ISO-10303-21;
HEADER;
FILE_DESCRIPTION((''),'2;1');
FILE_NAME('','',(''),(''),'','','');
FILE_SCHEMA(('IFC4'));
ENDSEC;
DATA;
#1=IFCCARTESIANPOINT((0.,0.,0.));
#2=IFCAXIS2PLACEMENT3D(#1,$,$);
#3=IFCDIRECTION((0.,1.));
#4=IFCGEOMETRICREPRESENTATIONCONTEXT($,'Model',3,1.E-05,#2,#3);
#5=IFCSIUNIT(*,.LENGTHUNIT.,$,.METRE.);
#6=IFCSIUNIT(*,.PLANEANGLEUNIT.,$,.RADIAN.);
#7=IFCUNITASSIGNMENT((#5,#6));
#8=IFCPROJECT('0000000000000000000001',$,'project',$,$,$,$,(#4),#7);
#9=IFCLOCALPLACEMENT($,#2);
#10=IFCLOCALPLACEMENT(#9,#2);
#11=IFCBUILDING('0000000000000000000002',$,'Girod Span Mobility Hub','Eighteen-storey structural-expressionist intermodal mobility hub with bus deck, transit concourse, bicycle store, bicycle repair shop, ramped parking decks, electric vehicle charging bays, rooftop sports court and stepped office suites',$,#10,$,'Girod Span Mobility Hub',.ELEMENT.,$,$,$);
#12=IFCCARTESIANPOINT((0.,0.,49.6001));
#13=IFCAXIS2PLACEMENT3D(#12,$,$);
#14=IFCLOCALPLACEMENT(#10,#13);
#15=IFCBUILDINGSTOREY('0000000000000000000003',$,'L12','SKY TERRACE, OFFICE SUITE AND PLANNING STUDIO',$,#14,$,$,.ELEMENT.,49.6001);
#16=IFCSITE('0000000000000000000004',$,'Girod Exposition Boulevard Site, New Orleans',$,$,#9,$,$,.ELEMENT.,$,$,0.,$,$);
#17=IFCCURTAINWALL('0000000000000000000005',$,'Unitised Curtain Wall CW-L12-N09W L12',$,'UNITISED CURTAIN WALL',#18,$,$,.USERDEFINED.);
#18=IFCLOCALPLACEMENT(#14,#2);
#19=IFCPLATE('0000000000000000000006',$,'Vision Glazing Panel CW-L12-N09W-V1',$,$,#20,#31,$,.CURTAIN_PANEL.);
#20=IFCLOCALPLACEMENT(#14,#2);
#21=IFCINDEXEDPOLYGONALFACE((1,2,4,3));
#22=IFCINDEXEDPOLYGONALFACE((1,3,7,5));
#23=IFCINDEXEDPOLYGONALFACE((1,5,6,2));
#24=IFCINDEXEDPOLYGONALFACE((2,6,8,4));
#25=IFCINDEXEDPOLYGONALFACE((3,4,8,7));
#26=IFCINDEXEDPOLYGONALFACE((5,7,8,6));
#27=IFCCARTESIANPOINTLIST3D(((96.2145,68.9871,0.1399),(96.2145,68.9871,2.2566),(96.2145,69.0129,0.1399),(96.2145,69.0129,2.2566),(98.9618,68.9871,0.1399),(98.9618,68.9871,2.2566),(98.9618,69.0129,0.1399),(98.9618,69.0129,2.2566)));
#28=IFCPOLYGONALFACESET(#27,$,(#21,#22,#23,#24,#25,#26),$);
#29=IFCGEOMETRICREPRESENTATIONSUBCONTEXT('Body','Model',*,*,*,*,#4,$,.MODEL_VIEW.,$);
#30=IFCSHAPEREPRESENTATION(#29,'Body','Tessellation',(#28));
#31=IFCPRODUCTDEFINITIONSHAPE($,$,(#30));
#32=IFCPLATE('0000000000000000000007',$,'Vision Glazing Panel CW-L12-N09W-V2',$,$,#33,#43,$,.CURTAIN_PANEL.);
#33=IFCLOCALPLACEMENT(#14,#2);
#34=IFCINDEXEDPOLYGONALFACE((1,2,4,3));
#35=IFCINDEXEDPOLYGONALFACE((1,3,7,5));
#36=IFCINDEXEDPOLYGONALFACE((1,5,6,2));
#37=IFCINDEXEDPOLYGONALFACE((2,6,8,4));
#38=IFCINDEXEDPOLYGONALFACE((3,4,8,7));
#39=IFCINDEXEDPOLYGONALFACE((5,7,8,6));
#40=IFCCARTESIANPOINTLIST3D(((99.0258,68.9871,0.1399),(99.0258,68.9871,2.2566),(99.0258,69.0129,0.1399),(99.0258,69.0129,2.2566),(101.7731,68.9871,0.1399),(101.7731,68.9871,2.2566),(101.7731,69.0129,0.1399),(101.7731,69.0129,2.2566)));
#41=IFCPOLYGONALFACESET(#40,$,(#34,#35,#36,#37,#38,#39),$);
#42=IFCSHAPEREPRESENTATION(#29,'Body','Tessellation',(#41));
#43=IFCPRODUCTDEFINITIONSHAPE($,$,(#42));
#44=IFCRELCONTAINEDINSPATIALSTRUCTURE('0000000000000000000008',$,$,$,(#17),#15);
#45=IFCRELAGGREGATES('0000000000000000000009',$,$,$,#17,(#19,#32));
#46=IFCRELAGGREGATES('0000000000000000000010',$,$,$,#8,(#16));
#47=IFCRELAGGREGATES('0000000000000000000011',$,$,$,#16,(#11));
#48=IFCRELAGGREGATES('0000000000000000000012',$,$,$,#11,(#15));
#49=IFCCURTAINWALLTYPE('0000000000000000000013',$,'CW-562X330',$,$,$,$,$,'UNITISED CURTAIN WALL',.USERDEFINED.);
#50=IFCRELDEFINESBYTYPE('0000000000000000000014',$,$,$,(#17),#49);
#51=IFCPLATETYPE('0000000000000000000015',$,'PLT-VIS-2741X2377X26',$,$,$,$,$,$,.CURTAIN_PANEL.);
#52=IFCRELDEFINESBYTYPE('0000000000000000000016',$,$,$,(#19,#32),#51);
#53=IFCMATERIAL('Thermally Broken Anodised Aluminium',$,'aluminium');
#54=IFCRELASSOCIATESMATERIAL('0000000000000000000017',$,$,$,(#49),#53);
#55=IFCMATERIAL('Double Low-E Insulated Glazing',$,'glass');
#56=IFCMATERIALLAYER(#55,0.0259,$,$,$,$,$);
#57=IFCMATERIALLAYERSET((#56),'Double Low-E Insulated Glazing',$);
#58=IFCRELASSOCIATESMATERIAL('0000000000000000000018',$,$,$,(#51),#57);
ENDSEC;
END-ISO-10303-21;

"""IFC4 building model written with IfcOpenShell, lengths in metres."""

from ifc_helpers import new_model, si_unit, direction, frame, origin, origin_2d, place, context, subcontext, project, spatial, rectangle, extrude, material, layer, layer_set, type_object, element, aggregate, save


model = new_model("IFC4")

# Units and contexts
model_context = context("Model", 3, precision=1e-05, world=origin(), true_north=direction((0.0, 1.0)))
body_context = subcontext(model_context, "Body", "Model", "MODEL_VIEW")
ifc_project = project(units=[si_unit("LENGTHUNIT", "METRE"), si_unit("PLANEANGLEUNIT", "RADIAN")], contexts=[model_context])

# Site, building, storey
site_placement = place(None, origin())
site = spatial("IfcSite", under=ifc_project, at=site_placement, Name="Girod Exposition Boulevard Site, New Orleans", CompositionType="ELEMENT", RefElevation=0.0)
building_placement = place(site_placement, origin())
building = spatial("IfcBuilding", under=site, at=building_placement, Name="Girod Span Mobility Hub", Description="Eighteen-storey structural-expressionist intermodal mobility hub with bus deck, transit concourse, bicycle store, bicycle repair shop, ramped parking decks, electric vehicle charging bays, rooftop sports court and stepped office suites", LongName="Girod Span Mobility Hub", CompositionType="ELEMENT")
storey_placement = place(building_placement, frame((0.0, 0.0, 49.6001)))
storey = spatial("IfcBuildingStorey", under=building, at=storey_placement, Name="L12", Description="SKY TERRACE, OFFICE SUITE AND PLANNING STUDIO", CompositionType="ELEMENT", Elevation=49.6001)

# Curtain wall
ifc_material_1 = material(Name="Thermally Broken Anodised Aluminium", Category="aluminium")
curtain_wall_type = type_object("IfcCurtainWallType", Name="CW-562X330", ElementType="UNITISED CURTAIN WALL", PredefinedType="USERDEFINED", material=ifc_material_1)
curtain_wall_1_placement = place(storey_placement, origin())
curtain_wall_1 = element("IfcCurtainWall", 1, at=curtain_wall_1_placement, inside=storey, type_object=curtain_wall_type, Name="Unitised Curtain Wall CW-L12-N09W L12", ObjectType="UNITISED CURTAIN WALL", PredefinedType="USERDEFINED")

# Plates
ifc_material_2 = material(Name="Double Low-E Insulated Glazing", Category="glass")
ifc_layer_1 = layer(ifc_material_2, 0.0259)
ifc_layer_set_1 = layer_set([ifc_layer_1], Name="Double Low-E Insulated Glazing")
plate_type_1 = type_object("IfcPlateType", Name="PLT-VIS-2741X2377X26", PredefinedType="CURTAIN_PANEL", material=ifc_layer_set_1)
plate_1_placement = place(storey_placement, frame((97.5881, 69.0, 0.1399), z_axis=(0.0, 0.0, 1.0), x_axis=(1.0, 0.0, 0.0)))
plate_1 = element("IfcPlate", 2, at=plate_1_placement, type_object=plate_type_1, Name="Vision Glazing Panel CW-L12-N09W-V1", PredefinedType="CURTAIN_PANEL", context=body_context, shape_type="SweptSolid", body=[
    extrude(rectangle(XDim=2.7473, YDim=0.0259, at=origin_2d()), origin(), (0.0, 0.0, 1.0), 2.1167),
])
plate_2_placement = place(storey_placement, frame((100.3994, 69.0, 0.1399), z_axis=(0.0, 0.0, 1.0), x_axis=(1.0, 0.0, 0.0)))
plate_2 = element("IfcPlate", 3, at=plate_2_placement, type_object=plate_type_1, Name="Vision Glazing Panel CW-L12-N09W-V2", PredefinedType="CURTAIN_PANEL", context=body_context, shape_type="SweptSolid", body=[
    extrude(rectangle(XDim=2.7473, YDim=0.0259, at=origin_2d()), origin(), (0.0, 0.0, 1.0), 2.1167),
])
aggregate(curtain_wall_1, [plate_1, plate_2])

save(model, "model.ifc")
